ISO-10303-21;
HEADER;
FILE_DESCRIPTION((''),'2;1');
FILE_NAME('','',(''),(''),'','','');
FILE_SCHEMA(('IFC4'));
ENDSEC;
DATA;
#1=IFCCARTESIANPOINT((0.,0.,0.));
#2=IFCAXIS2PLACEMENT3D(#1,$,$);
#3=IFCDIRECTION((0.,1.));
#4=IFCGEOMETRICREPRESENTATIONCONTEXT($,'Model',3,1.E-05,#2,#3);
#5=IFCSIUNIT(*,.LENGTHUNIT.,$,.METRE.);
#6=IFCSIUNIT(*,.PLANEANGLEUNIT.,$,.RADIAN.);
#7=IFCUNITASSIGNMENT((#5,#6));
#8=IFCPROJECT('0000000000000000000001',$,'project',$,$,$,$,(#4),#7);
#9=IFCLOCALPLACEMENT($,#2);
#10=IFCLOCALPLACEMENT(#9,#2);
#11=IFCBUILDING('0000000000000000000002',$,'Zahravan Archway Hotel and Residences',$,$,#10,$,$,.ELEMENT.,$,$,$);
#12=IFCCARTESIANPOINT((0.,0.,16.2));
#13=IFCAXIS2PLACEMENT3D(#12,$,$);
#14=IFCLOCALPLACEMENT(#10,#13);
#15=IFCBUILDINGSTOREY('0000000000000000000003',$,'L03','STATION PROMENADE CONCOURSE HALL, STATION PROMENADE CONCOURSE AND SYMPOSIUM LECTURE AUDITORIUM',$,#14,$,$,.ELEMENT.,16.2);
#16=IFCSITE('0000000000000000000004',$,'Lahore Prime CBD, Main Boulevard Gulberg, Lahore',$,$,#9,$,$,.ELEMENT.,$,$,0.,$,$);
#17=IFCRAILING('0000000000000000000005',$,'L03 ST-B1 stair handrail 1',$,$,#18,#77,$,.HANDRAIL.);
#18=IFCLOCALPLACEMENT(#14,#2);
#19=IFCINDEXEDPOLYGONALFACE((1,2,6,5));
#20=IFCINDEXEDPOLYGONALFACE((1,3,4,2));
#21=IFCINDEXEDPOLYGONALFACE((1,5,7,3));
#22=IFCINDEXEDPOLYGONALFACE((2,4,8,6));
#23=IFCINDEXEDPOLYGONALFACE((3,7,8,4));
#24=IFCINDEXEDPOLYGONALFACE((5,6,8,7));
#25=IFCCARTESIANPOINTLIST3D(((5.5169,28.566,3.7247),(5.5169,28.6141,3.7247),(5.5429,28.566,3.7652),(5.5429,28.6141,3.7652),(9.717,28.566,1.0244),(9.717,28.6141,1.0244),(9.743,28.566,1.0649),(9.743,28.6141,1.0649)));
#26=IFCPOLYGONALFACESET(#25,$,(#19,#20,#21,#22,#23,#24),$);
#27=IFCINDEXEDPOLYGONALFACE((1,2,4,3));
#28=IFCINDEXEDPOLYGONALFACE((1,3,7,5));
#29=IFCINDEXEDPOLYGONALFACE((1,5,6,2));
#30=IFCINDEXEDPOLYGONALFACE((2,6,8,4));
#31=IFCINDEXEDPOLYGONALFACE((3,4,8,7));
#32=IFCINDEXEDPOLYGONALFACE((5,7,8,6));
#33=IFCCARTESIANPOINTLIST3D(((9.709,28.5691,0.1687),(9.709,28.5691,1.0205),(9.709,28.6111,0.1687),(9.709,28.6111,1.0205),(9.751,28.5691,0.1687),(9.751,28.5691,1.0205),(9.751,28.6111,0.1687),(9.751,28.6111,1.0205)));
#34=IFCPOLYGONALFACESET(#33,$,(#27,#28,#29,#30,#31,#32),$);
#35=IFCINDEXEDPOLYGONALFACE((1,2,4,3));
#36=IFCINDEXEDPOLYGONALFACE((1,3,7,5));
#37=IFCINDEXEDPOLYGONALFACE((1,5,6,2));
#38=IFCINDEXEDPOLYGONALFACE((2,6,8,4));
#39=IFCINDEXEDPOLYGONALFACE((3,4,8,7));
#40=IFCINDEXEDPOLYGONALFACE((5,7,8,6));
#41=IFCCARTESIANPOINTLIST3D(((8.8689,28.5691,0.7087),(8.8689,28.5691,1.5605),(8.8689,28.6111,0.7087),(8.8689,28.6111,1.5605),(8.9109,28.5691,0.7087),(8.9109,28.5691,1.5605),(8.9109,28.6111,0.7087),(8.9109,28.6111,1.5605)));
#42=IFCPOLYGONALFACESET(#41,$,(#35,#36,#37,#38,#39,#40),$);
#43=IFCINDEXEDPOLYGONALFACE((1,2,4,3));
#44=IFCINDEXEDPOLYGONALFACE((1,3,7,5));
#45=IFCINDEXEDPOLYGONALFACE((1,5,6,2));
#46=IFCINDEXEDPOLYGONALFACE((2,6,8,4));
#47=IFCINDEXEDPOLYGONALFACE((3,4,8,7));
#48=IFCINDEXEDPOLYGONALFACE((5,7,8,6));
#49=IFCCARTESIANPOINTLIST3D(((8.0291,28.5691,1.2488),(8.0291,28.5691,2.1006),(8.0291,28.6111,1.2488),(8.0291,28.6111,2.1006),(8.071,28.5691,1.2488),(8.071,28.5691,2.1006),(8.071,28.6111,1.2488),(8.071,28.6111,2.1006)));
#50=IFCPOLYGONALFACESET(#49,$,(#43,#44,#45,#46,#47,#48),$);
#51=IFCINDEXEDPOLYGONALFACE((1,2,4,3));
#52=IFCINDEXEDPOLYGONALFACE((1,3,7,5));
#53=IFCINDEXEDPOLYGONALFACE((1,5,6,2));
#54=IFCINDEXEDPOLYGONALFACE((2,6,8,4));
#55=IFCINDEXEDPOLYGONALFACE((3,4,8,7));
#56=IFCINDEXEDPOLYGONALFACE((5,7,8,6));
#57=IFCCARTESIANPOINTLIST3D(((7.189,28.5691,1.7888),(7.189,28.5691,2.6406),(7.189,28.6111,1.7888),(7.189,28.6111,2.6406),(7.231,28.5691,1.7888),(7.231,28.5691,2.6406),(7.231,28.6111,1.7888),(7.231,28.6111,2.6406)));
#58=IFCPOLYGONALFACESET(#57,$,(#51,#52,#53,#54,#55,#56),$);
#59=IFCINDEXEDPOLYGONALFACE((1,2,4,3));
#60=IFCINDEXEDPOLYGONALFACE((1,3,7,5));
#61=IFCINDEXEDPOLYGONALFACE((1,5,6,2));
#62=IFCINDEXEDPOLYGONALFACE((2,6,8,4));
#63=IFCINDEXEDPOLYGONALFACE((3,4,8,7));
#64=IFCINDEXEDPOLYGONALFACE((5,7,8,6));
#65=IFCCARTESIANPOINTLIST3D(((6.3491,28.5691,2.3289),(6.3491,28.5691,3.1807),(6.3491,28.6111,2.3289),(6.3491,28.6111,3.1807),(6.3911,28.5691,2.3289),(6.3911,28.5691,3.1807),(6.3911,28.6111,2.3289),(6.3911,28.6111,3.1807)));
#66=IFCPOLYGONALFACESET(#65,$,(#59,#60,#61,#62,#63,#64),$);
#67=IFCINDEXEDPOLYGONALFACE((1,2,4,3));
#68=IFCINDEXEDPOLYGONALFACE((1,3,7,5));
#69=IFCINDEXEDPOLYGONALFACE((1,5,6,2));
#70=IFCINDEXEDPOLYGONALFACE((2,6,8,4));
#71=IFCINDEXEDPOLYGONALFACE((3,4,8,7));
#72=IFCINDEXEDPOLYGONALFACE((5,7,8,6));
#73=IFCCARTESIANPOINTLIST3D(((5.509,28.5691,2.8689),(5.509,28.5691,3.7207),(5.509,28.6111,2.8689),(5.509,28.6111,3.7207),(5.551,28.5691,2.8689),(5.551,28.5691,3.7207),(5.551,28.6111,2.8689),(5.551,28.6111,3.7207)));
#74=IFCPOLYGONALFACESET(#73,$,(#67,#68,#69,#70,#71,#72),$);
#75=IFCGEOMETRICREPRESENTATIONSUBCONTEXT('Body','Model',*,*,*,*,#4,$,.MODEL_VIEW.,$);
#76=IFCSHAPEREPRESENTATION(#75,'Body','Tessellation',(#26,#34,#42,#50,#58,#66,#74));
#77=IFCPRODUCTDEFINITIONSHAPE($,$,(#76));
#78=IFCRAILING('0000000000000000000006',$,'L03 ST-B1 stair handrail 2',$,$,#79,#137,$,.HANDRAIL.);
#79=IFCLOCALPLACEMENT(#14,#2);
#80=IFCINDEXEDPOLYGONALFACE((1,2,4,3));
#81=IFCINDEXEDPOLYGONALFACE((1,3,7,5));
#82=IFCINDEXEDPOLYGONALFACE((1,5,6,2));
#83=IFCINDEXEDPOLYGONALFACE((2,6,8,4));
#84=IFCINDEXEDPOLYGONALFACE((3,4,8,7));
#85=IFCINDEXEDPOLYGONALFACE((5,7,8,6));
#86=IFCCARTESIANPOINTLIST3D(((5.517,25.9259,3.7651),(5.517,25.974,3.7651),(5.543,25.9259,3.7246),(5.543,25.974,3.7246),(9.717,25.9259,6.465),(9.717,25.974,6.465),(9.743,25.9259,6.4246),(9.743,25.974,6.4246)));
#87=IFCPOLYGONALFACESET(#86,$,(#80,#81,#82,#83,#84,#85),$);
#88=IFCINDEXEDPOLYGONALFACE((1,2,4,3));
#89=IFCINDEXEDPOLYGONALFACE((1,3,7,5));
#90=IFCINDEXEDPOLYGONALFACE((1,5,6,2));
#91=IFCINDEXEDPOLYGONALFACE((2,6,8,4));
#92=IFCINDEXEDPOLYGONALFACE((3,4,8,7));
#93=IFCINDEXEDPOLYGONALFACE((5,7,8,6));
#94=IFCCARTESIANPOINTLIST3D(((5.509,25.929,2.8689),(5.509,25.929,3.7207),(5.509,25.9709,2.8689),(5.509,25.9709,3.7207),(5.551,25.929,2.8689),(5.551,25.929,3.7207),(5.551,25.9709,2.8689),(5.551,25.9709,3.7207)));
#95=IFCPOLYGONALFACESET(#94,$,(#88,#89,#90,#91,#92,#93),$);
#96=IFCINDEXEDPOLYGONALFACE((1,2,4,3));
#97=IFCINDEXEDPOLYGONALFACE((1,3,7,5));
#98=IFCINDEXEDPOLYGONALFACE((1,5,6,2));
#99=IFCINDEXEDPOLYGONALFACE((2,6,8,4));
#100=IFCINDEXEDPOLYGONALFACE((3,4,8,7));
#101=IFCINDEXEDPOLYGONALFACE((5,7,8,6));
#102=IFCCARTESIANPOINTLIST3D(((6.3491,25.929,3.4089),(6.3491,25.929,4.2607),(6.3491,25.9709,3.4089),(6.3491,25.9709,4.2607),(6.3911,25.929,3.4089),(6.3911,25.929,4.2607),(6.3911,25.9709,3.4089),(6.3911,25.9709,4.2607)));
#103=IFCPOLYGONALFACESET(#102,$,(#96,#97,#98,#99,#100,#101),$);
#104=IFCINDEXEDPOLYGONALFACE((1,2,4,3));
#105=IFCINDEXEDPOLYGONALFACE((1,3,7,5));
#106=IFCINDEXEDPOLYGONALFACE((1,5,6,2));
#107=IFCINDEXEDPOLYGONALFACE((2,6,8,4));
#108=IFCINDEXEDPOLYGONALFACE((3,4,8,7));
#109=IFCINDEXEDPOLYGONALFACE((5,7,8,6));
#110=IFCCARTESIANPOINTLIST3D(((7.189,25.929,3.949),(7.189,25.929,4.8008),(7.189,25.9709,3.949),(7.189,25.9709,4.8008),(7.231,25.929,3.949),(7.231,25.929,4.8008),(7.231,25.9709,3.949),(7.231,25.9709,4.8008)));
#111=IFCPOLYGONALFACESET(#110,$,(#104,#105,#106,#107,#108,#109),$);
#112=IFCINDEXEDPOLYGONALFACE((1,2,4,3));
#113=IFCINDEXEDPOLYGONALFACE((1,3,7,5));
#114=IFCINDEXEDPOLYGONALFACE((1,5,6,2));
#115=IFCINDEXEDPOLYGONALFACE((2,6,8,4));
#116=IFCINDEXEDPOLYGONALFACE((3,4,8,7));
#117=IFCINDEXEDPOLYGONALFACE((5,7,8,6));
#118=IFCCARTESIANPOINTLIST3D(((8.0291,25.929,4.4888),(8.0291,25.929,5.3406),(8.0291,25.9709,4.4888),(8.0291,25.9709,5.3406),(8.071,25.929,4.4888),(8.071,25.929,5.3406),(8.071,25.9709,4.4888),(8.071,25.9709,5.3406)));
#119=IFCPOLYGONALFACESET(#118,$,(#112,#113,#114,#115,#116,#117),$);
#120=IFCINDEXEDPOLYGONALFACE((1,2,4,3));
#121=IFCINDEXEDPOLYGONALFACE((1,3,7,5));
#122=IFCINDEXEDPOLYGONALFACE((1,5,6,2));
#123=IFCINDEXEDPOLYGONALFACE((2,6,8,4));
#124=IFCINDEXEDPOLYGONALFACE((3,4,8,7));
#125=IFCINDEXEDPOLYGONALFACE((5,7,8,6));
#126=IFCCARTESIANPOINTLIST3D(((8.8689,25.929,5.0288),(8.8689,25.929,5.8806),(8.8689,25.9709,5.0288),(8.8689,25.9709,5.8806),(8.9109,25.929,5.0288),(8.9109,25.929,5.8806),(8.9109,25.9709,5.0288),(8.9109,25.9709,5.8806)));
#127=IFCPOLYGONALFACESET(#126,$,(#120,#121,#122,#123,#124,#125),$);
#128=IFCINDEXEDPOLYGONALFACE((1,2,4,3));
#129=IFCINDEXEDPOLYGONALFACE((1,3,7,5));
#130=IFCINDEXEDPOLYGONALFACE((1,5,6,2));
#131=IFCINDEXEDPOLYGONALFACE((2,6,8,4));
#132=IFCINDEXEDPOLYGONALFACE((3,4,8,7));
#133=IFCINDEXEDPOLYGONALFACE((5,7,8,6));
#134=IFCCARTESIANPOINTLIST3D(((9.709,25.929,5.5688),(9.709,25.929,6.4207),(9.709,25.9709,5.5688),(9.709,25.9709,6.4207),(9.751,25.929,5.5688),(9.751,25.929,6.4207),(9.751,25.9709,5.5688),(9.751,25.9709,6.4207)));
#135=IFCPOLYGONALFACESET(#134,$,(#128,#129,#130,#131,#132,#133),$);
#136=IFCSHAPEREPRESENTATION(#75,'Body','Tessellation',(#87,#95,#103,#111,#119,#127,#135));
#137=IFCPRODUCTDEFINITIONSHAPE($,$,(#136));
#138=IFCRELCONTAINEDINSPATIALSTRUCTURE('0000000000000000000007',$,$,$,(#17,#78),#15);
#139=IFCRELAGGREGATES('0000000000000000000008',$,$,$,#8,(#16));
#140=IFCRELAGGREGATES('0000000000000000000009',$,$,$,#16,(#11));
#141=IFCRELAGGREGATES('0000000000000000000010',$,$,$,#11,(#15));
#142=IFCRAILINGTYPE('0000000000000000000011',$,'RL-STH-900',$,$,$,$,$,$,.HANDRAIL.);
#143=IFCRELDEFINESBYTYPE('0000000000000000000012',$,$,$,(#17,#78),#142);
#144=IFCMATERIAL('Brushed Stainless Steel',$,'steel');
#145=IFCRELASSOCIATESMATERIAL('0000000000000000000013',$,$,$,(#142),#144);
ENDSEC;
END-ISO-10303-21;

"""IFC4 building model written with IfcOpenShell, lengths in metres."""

from ifc_helpers import new_model, si_unit, direction, frame, origin, origin_2d, place, context, subcontext, project, spatial, rectangle, extrude, material, type_object, element, save


model = new_model("IFC4")

# Units and contexts
model_context = context("Model", 3, precision=1e-05, world=origin(), true_north=direction((0.0, 1.0)))
body_context = subcontext(model_context, "Body", "Model", "MODEL_VIEW")
ifc_project = project(units=[si_unit("LENGTHUNIT", "METRE"), si_unit("PLANEANGLEUNIT", "RADIAN")], contexts=[model_context])

# Site, building, storey
site_placement = place(None, origin())
site = spatial("IfcSite", under=ifc_project, at=site_placement, Name="Lahore Prime CBD, Main Boulevard Gulberg, Lahore", CompositionType="ELEMENT", RefElevation=0.0)
building_placement = place(site_placement, origin())
building = spatial("IfcBuilding", under=site, at=building_placement, Name="Zahravan Archway Hotel and Residences", CompositionType="ELEMENT")
storey_placement = place(building_placement, frame((0.0, 0.0, 16.2)))
storey = spatial("IfcBuildingStorey", under=building, at=storey_placement, Name="L03", Description="STATION PROMENADE CONCOURSE HALL, STATION PROMENADE CONCOURSE AND SYMPOSIUM LECTURE AUDITORIUM", CompositionType="ELEMENT", Elevation=16.2)

# Shared definitions
ifc_material_1 = material(Name="Brushed Stainless Steel", Category="steel")

# Railings
railing_type_1 = type_object("IfcRailingType", Name="RL-STH-900", PredefinedType="HANDRAIL", material=ifc_material_1)
railing_1_placement = place(storey_placement, frame((9.73, 28.5901, 0.1687)))
element("IfcRailing", 1, at=railing_1_placement, inside=storey, type_object=railing_type_1, Name="L03 ST-B1 stair handrail 1", PredefinedType="HANDRAIL", context=body_context, shape_type="SweptSolid", body=[
    extrude(rectangle(XDim=0.0481, YDim=0.0481, at=origin_2d()), frame((0.0, 0.0, 0.876), z_axis=(-0.841158, 0.0, 0.54079), x_axis=(0.0, -1.0, 0.0)), (0.0, 0.0, 1.0), 4.9932),
    extrude(rectangle(XDim=0.042, YDim=0.042, at=origin_2d()), origin(), (0.0, 0.0, 1.0), 0.8518),
    extrude(rectangle(XDim=0.042, YDim=0.042, at=origin_2d()), frame((-0.8401, 0.0, 0.54)), (0.0, 0.0, 1.0), 0.8518),
    extrude(rectangle(XDim=0.042, YDim=0.042, at=origin_2d()), frame((-1.6799, 0.0, 1.0801)), (0.0, 0.0, 1.0), 0.8518),
    extrude(rectangle(XDim=0.042, YDim=0.042, at=origin_2d()), frame((-2.52, 0.0, 1.6201)), (0.0, 0.0, 1.0), 0.8518),
    extrude(rectangle(XDim=0.042, YDim=0.042, at=origin_2d()), frame((-3.3599, 0.0, 2.1602)), (0.0, 0.0, 1.0), 0.8518),
    extrude(rectangle(XDim=0.042, YDim=0.042, at=origin_2d()), frame((-4.2, 0.0, 2.7002)), (0.0, 0.0, 1.0), 0.8518),
])
railing_2_placement = place(storey_placement, frame((5.53, 25.95, 2.8689)))
element("IfcRailing", 2, at=railing_2_placement, inside=storey, type_object=railing_type_1, Name="L03 ST-B1 stair handrail 2", PredefinedType="HANDRAIL", context=body_context, shape_type="SweptSolid", body=[
    extrude(rectangle(XDim=0.0481, YDim=0.0481, at=origin_2d()), frame((0.0, 0.0, 0.876), z_axis=(0.84118, 0.0, 0.540755), x_axis=(0.0, 1.0, 0.0)), (0.0, 0.0, 1.0), 4.9929),
    extrude(rectangle(XDim=0.042, YDim=0.042, at=origin_2d()), origin(), (0.0, 0.0, 1.0), 0.8518),
    extrude(rectangle(XDim=0.042, YDim=0.042, at=origin_2d()), frame((0.8401, 0.0, 0.54)), (0.0, 0.0, 1.0), 0.8518),
    extrude(rectangle(XDim=0.042, YDim=0.042, at=origin_2d()), frame((1.6799, 0.0, 1.0801)), (0.0, 0.0, 1.0), 0.8518),
    extrude(rectangle(XDim=0.042, YDim=0.042, at=origin_2d()), frame((2.52, 0.0, 1.6199)), (0.0, 0.0, 1.0), 0.8518),
    extrude(rectangle(XDim=0.042, YDim=0.042, at=origin_2d()), frame((3.3599, 0.0, 2.1599)), (0.0, 0.0, 1.0), 0.8518),
    extrude(rectangle(XDim=0.042, YDim=0.042, at=origin_2d()), frame((4.2, 0.0, 2.7)), (0.0, 0.0, 1.0), 0.8518),
])

save(model, "model.ifc")
